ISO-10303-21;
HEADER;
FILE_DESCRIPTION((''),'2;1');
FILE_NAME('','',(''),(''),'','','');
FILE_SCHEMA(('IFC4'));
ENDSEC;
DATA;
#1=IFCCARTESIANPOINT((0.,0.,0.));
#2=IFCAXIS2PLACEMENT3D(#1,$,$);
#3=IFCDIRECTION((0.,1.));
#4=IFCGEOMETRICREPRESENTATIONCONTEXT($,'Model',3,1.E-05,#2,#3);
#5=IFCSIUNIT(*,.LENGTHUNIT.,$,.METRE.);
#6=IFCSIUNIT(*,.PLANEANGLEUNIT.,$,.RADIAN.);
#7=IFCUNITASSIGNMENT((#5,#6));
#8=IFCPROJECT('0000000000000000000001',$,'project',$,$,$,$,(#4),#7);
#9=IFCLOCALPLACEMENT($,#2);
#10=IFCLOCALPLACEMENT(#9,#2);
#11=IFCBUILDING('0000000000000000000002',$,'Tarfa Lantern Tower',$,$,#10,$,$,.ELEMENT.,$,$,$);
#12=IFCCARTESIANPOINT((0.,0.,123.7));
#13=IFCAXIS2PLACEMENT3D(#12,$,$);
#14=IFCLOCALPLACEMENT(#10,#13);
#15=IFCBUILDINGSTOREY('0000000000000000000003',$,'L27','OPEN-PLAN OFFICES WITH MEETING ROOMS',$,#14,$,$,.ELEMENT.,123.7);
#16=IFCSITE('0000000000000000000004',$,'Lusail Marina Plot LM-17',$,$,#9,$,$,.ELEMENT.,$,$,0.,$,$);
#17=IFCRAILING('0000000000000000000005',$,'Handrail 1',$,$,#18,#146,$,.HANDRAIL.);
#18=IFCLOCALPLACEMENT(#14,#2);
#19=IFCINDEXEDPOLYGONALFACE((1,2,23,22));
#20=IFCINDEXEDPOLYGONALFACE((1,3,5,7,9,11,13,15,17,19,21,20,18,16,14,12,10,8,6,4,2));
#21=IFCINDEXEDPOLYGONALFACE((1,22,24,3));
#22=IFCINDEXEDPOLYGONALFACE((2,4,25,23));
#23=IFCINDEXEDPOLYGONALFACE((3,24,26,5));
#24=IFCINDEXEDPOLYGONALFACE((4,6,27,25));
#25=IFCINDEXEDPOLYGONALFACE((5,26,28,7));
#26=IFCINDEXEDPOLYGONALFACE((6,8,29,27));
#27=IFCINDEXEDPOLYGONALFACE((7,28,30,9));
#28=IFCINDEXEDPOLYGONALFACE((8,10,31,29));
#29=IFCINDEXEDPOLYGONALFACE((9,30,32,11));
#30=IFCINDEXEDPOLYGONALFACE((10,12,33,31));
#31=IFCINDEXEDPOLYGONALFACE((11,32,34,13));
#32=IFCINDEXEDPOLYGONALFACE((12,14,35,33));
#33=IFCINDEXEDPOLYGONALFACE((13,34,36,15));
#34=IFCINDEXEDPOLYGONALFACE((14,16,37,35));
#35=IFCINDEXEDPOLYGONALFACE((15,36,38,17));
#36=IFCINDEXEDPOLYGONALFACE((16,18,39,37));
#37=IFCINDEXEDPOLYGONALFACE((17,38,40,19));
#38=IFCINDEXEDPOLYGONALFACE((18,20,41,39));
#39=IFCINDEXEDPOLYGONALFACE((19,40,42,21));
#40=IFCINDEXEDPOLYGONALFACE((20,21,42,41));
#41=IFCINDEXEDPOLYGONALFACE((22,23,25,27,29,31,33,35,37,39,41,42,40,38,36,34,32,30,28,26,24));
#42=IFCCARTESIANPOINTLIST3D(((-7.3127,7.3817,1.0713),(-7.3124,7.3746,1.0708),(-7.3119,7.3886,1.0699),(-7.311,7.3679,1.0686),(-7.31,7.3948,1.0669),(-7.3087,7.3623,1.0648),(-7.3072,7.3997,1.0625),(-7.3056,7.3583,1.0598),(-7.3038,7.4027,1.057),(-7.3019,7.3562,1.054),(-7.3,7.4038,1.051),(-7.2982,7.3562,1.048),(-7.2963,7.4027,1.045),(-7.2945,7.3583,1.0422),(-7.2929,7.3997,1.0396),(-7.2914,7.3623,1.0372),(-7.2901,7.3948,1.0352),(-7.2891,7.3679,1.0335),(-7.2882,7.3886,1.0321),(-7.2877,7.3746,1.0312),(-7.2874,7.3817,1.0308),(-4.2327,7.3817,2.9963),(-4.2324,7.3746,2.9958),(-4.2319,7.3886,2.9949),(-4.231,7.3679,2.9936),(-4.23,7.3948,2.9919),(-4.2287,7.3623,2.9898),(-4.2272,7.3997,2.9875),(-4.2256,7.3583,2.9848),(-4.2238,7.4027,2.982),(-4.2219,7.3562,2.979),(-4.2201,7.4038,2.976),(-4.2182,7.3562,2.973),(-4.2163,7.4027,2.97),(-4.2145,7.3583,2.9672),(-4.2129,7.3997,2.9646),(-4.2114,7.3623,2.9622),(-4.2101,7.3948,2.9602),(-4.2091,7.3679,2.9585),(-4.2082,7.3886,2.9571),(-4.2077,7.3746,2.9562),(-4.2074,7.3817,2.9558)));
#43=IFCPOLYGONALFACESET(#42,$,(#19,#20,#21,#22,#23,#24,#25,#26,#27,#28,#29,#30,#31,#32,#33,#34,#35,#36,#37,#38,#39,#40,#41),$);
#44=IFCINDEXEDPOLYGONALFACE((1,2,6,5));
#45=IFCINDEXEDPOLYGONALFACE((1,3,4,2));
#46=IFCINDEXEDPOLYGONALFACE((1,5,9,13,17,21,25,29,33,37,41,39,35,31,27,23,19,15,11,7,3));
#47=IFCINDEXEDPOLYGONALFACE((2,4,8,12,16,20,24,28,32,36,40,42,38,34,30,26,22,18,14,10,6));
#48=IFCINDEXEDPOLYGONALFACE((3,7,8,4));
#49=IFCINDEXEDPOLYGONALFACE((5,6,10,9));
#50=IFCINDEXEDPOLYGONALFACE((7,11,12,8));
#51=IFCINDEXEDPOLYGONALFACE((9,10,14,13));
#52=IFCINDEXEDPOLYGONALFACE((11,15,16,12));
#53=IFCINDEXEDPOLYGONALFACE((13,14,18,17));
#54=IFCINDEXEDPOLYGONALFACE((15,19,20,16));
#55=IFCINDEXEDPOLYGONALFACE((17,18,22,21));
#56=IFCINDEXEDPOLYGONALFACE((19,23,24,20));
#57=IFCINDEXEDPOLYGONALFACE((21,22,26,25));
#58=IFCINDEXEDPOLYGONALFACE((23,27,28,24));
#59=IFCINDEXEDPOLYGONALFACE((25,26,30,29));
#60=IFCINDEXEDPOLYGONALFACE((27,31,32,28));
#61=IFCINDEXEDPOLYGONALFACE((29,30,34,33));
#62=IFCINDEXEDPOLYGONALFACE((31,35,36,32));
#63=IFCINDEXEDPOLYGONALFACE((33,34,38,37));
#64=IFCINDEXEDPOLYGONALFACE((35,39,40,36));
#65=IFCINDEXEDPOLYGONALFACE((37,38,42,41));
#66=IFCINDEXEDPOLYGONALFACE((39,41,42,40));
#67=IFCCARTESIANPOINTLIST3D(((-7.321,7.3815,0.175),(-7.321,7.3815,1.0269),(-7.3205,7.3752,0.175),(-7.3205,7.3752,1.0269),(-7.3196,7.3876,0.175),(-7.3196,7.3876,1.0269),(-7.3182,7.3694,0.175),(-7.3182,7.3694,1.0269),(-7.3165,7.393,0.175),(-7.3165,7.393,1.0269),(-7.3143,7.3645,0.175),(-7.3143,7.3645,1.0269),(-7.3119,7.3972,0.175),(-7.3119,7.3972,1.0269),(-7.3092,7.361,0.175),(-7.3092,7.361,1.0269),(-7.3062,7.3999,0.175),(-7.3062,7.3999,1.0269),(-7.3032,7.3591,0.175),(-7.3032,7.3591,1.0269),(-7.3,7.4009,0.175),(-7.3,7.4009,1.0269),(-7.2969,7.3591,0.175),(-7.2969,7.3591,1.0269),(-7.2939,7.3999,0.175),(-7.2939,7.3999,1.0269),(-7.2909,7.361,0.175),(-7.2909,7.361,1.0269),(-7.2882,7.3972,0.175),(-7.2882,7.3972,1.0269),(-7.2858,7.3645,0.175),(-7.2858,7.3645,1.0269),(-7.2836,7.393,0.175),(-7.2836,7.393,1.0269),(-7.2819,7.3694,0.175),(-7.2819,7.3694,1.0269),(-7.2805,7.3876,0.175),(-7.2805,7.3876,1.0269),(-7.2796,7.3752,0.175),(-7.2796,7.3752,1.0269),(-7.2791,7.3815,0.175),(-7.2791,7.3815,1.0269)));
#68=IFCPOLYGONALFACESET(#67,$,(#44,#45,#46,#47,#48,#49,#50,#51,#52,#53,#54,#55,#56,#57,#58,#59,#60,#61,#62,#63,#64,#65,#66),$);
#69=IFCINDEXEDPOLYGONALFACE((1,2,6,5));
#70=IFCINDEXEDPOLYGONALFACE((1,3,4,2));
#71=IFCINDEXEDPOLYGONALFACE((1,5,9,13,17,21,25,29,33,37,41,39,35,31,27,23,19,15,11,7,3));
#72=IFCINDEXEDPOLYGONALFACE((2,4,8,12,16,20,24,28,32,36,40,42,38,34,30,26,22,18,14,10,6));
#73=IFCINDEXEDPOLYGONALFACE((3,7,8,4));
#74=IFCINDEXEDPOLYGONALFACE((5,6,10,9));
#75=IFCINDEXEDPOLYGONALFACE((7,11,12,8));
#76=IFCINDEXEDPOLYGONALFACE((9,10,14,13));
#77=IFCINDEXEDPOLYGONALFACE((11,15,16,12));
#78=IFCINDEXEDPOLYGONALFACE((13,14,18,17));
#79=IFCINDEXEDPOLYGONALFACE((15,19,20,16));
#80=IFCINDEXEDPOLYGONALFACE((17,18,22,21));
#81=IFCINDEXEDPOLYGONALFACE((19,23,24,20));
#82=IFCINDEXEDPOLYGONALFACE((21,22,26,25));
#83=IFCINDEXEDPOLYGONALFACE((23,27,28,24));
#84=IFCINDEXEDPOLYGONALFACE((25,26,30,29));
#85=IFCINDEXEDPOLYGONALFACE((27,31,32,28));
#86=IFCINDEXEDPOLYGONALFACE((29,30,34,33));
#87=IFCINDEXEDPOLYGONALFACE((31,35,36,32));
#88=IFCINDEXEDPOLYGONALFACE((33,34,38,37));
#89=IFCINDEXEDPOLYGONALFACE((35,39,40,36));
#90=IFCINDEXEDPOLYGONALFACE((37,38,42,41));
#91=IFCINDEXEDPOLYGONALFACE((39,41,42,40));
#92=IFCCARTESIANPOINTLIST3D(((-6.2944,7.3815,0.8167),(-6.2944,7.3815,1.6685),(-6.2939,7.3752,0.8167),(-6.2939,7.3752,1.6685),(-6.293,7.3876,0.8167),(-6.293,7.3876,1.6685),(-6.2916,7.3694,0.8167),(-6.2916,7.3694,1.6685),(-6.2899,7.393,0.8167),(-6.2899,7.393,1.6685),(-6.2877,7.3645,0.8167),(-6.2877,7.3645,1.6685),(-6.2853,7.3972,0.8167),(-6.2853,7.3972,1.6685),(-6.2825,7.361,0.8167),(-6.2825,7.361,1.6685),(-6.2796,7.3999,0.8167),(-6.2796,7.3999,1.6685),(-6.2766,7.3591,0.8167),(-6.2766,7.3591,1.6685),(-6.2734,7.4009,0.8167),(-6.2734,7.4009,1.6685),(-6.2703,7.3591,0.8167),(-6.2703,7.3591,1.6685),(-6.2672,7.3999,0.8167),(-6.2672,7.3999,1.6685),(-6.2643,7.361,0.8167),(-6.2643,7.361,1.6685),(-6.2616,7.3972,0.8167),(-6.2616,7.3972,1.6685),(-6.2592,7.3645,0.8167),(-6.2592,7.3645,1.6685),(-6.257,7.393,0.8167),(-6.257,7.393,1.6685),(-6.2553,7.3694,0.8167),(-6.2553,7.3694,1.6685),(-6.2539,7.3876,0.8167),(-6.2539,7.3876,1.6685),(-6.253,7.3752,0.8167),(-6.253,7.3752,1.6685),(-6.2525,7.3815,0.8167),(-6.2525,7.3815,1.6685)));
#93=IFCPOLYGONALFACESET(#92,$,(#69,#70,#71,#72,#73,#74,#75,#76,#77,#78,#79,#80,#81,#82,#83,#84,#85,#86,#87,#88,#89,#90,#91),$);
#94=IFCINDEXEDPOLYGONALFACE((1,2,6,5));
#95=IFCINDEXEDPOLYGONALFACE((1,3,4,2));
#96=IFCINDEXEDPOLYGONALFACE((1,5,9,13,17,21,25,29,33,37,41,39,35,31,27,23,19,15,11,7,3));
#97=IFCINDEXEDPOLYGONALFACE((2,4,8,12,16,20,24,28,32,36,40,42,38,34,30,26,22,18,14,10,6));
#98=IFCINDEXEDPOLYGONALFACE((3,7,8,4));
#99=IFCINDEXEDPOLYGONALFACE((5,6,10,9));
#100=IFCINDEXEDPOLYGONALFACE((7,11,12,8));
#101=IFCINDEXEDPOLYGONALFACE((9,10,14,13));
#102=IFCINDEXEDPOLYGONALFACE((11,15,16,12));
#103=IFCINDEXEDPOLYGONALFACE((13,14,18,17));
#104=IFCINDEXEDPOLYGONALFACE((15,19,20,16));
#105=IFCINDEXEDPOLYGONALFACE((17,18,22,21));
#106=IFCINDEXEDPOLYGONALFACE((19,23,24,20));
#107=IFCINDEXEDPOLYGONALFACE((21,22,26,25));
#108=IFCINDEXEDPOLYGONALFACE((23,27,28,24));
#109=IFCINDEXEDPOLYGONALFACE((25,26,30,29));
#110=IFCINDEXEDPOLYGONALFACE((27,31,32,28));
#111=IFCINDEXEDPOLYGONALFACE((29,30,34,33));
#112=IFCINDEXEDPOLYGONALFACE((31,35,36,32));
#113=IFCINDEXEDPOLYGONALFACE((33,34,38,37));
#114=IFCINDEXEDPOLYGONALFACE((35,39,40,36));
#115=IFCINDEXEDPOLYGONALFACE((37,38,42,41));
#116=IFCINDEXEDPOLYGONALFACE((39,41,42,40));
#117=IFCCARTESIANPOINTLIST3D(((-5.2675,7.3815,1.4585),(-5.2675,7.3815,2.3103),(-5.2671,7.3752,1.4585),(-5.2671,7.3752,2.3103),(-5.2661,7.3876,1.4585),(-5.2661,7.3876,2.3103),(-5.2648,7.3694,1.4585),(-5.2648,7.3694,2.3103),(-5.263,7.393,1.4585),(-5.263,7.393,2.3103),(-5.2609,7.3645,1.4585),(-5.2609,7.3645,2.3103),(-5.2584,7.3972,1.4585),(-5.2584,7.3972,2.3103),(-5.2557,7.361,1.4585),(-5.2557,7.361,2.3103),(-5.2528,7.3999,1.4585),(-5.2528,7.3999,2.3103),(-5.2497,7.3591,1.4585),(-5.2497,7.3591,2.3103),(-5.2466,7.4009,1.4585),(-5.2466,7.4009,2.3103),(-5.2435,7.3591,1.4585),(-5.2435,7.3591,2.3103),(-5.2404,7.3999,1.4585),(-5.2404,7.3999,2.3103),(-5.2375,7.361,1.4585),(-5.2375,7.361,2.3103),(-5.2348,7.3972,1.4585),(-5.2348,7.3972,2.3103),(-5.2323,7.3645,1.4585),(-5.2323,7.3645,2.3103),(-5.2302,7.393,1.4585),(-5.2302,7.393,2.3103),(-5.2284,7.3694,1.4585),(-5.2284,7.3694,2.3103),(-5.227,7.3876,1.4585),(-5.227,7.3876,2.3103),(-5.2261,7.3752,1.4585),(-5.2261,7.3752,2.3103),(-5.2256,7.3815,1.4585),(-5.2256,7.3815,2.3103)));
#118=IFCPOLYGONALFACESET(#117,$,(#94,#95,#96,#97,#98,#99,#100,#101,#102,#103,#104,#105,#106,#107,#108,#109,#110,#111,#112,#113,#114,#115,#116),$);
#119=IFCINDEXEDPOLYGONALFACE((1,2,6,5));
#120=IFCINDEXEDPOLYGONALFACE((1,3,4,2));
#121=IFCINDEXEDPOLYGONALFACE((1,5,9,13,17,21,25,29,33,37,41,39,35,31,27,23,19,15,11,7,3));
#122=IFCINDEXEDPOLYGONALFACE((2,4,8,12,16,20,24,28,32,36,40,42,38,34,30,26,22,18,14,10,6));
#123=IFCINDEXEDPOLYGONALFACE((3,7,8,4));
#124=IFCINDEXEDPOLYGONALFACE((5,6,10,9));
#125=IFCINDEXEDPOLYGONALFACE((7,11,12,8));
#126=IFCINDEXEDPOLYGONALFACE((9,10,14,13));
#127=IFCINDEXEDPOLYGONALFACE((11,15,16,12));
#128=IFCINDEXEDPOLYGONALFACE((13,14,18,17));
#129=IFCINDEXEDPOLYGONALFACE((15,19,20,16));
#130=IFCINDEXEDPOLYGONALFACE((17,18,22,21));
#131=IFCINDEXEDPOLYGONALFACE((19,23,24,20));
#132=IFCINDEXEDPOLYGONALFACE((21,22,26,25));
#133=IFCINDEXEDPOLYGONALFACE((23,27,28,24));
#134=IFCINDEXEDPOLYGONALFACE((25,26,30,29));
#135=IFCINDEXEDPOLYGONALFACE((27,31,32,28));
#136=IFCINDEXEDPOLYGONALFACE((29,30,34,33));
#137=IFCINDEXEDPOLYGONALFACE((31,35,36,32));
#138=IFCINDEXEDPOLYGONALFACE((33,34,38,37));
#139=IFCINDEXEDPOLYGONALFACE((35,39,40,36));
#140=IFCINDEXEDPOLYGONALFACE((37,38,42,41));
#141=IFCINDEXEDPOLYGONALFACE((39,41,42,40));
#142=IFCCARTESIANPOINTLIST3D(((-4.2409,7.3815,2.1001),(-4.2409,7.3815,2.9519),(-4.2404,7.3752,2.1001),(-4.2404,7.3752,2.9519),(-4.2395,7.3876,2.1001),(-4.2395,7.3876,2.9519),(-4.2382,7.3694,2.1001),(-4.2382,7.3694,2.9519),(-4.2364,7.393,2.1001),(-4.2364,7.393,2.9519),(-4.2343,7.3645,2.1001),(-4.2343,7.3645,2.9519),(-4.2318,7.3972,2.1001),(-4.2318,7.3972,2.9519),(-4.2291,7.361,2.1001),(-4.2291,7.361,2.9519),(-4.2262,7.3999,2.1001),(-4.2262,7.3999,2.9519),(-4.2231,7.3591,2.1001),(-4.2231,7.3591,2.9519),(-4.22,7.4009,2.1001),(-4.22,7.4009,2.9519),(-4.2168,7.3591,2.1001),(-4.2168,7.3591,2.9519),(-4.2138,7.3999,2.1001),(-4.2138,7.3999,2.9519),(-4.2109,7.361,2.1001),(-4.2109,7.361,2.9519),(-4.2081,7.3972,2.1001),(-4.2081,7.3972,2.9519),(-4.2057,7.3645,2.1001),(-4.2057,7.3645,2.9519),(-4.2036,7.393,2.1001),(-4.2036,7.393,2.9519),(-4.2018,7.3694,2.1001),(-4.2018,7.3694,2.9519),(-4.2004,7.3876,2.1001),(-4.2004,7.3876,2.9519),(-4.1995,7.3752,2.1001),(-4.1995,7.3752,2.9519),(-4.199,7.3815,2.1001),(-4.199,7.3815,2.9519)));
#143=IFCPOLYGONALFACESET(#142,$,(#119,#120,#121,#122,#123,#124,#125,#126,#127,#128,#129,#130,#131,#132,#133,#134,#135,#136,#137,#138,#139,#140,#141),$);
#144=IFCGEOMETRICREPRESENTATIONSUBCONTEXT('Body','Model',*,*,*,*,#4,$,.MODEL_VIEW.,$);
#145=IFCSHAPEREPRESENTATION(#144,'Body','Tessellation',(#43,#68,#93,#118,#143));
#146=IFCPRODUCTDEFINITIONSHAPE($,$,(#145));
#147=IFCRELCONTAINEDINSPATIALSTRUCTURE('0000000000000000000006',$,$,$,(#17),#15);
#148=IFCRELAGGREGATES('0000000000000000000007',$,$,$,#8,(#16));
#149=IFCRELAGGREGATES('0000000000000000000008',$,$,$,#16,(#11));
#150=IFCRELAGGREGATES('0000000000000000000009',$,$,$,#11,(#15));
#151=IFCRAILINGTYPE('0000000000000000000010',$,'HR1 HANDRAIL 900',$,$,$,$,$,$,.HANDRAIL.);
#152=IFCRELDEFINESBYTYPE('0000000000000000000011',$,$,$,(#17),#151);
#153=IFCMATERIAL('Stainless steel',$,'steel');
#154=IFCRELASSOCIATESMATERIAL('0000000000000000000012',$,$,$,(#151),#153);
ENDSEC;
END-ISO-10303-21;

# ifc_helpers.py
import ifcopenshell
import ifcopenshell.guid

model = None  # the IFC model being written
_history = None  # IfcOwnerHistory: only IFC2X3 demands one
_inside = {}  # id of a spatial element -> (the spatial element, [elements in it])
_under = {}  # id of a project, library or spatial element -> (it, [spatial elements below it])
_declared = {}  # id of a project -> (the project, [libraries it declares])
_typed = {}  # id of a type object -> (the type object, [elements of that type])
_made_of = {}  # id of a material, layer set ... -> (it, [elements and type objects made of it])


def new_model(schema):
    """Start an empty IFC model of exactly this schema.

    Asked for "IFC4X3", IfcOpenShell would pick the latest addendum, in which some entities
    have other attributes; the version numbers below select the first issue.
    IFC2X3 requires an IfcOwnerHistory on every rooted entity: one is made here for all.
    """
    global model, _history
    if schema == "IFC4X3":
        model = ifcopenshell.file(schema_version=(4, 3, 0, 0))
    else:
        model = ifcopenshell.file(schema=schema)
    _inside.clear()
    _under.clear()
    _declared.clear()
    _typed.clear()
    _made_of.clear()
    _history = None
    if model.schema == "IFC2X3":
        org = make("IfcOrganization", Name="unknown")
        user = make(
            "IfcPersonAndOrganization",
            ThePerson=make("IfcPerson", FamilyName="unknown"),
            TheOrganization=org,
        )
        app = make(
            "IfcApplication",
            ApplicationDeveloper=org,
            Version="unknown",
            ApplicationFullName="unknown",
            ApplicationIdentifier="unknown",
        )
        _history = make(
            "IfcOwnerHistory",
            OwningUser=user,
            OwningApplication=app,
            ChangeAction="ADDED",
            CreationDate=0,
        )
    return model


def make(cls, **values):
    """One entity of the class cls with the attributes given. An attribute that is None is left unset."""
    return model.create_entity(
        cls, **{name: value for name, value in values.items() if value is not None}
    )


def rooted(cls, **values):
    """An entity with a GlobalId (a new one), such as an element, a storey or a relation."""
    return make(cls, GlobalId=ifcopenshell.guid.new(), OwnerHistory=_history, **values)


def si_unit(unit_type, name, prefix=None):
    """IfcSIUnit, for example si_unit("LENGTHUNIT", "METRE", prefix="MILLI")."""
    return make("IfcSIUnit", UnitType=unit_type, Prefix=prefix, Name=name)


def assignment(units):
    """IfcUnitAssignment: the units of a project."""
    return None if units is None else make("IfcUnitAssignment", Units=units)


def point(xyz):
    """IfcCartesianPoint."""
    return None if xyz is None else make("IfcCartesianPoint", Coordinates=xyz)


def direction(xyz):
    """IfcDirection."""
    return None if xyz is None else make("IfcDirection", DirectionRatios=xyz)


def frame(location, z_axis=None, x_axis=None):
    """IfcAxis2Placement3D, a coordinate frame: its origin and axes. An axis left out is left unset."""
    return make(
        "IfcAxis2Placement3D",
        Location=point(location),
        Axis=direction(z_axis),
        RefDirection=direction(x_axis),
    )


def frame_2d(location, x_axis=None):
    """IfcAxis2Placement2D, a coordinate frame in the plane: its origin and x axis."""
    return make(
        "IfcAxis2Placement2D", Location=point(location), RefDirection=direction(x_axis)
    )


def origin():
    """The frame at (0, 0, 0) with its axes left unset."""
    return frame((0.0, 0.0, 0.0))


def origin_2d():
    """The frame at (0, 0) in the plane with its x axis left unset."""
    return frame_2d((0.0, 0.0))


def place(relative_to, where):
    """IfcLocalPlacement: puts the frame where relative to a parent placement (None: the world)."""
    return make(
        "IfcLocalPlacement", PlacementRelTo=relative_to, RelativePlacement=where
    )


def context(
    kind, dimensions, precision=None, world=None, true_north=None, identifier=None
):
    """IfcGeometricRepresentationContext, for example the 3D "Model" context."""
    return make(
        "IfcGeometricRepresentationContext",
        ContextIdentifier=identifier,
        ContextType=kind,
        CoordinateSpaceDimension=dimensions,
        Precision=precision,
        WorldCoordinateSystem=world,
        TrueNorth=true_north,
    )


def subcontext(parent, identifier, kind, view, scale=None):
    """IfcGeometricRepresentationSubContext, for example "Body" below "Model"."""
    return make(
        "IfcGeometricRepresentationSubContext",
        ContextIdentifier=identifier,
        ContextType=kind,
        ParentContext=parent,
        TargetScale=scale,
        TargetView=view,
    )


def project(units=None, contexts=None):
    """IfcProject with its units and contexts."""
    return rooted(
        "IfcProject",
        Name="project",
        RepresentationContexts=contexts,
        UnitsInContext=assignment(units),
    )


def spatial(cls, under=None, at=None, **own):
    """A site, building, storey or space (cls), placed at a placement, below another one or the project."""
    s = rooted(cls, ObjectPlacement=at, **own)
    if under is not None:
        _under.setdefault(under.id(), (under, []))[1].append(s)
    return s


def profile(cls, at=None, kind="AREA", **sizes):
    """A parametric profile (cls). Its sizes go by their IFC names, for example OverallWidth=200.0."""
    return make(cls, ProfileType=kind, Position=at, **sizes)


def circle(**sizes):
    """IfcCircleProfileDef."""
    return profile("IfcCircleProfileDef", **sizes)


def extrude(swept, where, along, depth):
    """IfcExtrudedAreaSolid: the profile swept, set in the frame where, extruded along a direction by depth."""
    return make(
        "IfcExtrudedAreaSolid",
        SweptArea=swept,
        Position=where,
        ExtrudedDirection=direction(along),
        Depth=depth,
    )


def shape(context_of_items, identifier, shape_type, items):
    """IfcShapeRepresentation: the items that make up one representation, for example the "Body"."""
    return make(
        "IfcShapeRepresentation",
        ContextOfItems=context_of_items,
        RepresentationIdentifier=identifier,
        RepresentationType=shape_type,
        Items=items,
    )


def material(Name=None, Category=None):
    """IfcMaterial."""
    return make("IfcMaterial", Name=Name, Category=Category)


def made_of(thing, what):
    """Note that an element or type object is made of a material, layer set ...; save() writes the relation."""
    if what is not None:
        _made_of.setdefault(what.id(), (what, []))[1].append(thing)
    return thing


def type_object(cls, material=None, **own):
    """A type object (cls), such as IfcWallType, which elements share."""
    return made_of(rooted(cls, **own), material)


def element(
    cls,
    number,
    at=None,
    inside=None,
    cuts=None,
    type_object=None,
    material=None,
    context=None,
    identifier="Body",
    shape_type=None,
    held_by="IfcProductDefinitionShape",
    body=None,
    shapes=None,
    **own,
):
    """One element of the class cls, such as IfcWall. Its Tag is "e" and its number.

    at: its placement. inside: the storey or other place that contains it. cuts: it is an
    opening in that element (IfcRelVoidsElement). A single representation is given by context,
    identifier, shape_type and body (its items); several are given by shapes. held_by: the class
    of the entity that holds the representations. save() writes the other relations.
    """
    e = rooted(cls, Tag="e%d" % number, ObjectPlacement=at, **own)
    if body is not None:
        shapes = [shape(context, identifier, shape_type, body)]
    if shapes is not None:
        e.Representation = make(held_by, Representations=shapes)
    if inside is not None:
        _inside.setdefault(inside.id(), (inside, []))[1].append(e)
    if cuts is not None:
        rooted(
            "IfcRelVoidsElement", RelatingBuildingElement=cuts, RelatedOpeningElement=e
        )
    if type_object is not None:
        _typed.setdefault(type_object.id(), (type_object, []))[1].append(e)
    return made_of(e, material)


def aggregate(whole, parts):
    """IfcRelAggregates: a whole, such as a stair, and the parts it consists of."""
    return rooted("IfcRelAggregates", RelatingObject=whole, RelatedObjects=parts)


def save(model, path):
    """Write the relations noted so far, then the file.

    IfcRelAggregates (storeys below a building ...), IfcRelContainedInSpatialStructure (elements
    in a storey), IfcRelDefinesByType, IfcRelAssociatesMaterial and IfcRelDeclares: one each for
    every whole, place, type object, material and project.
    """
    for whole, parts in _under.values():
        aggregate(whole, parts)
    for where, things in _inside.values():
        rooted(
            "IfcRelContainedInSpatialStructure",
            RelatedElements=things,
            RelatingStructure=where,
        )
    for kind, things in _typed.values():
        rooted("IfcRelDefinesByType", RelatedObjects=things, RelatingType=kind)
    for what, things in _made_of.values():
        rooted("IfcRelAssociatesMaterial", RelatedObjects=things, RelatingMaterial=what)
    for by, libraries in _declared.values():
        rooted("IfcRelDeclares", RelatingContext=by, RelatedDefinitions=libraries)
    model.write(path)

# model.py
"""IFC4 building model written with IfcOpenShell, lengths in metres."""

from ifc_helpers import new_model, si_unit, direction, frame, origin, origin_2d, place, context, subcontext, project, spatial, circle, extrude, material, type_object, element, save


model = new_model("IFC4")

# Units and contexts
model_context = context("Model", 3, precision=1e-05, world=origin(), true_north=direction((0.0, 1.0)))
body_context = subcontext(model_context, "Body", "Model", "MODEL_VIEW")
ifc_project = project(units=[si_unit("LENGTHUNIT", "METRE"), si_unit("PLANEANGLEUNIT", "RADIAN")], contexts=[model_context])

# Site, building, storey
site_placement = place(None, origin())
site = spatial("IfcSite", under=ifc_project, at=site_placement, Name="Lusail Marina Plot LM-17", CompositionType="ELEMENT", RefElevation=0.0)
building_placement = place(site_placement, origin())
building = spatial("IfcBuilding", under=site, at=building_placement, Name="Tarfa Lantern Tower", CompositionType="ELEMENT")
storey_placement = place(building_placement, frame((0.0, 0.0, 123.7)))
storey = spatial("IfcBuildingStorey", under=building, at=storey_placement, Name="L27", Description="OPEN-PLAN OFFICES WITH MEETING ROOMS", CompositionType="ELEMENT", Elevation=123.7)

# Railing
ifc_material_1 = material(Name="Stainless steel", Category="steel")
railing_type = type_object("IfcRailingType", Name="HR1 HANDRAIL 900", PredefinedType="HANDRAIL", material=ifc_material_1)
railing_1_placement = place(storey_placement, frame((-7.3, 7.3799, 0.175)))
element("IfcRailing", 1, at=railing_1_placement, inside=storey, type_object=railing_type, Name="Handrail 1", PredefinedType="HANDRAIL", context=body_context, shape_type="SweptSolid", body=[
    extrude(circle(Radius=0.0239, at=origin_2d()), frame((0.0, 0.0, 0.876), z_axis=(0.847998, 0.0, 0.529999), x_axis=(0.0, 1.0, 0.0)), (0.0, 0.0, 1.0), 3.6321),
    extrude(circle(Radius=0.021, at=origin_2d()), frame((0.0, 0.0, 0.0), z_axis=(0.0, 0.0, 1.0), x_axis=(0.0, 1.0, 0.0)), (0.0, 0.0, 1.0), 0.8518),
    extrude(circle(Radius=0.021, at=origin_2d()), frame((1.0266, 0.0, 0.6416), z_axis=(0.0, 0.0, 1.0), x_axis=(0.0, 1.0, 0.0)), (0.0, 0.0, 1.0), 0.8518),
    extrude(circle(Radius=0.021, at=origin_2d()), frame((2.0535, 0.0, 1.2834), z_axis=(0.0, 0.0, 1.0), x_axis=(0.0, 1.0, 0.0)), (0.0, 0.0, 1.0), 0.8518),
    extrude(circle(Radius=0.021, at=origin_2d()), frame((3.0801, 0.0, 1.925), z_axis=(0.0, 0.0, 1.0), x_axis=(0.0, 1.0, 0.0)), (0.0, 0.0, 1.0), 0.8518),
])

save(model, "model.ifc")
